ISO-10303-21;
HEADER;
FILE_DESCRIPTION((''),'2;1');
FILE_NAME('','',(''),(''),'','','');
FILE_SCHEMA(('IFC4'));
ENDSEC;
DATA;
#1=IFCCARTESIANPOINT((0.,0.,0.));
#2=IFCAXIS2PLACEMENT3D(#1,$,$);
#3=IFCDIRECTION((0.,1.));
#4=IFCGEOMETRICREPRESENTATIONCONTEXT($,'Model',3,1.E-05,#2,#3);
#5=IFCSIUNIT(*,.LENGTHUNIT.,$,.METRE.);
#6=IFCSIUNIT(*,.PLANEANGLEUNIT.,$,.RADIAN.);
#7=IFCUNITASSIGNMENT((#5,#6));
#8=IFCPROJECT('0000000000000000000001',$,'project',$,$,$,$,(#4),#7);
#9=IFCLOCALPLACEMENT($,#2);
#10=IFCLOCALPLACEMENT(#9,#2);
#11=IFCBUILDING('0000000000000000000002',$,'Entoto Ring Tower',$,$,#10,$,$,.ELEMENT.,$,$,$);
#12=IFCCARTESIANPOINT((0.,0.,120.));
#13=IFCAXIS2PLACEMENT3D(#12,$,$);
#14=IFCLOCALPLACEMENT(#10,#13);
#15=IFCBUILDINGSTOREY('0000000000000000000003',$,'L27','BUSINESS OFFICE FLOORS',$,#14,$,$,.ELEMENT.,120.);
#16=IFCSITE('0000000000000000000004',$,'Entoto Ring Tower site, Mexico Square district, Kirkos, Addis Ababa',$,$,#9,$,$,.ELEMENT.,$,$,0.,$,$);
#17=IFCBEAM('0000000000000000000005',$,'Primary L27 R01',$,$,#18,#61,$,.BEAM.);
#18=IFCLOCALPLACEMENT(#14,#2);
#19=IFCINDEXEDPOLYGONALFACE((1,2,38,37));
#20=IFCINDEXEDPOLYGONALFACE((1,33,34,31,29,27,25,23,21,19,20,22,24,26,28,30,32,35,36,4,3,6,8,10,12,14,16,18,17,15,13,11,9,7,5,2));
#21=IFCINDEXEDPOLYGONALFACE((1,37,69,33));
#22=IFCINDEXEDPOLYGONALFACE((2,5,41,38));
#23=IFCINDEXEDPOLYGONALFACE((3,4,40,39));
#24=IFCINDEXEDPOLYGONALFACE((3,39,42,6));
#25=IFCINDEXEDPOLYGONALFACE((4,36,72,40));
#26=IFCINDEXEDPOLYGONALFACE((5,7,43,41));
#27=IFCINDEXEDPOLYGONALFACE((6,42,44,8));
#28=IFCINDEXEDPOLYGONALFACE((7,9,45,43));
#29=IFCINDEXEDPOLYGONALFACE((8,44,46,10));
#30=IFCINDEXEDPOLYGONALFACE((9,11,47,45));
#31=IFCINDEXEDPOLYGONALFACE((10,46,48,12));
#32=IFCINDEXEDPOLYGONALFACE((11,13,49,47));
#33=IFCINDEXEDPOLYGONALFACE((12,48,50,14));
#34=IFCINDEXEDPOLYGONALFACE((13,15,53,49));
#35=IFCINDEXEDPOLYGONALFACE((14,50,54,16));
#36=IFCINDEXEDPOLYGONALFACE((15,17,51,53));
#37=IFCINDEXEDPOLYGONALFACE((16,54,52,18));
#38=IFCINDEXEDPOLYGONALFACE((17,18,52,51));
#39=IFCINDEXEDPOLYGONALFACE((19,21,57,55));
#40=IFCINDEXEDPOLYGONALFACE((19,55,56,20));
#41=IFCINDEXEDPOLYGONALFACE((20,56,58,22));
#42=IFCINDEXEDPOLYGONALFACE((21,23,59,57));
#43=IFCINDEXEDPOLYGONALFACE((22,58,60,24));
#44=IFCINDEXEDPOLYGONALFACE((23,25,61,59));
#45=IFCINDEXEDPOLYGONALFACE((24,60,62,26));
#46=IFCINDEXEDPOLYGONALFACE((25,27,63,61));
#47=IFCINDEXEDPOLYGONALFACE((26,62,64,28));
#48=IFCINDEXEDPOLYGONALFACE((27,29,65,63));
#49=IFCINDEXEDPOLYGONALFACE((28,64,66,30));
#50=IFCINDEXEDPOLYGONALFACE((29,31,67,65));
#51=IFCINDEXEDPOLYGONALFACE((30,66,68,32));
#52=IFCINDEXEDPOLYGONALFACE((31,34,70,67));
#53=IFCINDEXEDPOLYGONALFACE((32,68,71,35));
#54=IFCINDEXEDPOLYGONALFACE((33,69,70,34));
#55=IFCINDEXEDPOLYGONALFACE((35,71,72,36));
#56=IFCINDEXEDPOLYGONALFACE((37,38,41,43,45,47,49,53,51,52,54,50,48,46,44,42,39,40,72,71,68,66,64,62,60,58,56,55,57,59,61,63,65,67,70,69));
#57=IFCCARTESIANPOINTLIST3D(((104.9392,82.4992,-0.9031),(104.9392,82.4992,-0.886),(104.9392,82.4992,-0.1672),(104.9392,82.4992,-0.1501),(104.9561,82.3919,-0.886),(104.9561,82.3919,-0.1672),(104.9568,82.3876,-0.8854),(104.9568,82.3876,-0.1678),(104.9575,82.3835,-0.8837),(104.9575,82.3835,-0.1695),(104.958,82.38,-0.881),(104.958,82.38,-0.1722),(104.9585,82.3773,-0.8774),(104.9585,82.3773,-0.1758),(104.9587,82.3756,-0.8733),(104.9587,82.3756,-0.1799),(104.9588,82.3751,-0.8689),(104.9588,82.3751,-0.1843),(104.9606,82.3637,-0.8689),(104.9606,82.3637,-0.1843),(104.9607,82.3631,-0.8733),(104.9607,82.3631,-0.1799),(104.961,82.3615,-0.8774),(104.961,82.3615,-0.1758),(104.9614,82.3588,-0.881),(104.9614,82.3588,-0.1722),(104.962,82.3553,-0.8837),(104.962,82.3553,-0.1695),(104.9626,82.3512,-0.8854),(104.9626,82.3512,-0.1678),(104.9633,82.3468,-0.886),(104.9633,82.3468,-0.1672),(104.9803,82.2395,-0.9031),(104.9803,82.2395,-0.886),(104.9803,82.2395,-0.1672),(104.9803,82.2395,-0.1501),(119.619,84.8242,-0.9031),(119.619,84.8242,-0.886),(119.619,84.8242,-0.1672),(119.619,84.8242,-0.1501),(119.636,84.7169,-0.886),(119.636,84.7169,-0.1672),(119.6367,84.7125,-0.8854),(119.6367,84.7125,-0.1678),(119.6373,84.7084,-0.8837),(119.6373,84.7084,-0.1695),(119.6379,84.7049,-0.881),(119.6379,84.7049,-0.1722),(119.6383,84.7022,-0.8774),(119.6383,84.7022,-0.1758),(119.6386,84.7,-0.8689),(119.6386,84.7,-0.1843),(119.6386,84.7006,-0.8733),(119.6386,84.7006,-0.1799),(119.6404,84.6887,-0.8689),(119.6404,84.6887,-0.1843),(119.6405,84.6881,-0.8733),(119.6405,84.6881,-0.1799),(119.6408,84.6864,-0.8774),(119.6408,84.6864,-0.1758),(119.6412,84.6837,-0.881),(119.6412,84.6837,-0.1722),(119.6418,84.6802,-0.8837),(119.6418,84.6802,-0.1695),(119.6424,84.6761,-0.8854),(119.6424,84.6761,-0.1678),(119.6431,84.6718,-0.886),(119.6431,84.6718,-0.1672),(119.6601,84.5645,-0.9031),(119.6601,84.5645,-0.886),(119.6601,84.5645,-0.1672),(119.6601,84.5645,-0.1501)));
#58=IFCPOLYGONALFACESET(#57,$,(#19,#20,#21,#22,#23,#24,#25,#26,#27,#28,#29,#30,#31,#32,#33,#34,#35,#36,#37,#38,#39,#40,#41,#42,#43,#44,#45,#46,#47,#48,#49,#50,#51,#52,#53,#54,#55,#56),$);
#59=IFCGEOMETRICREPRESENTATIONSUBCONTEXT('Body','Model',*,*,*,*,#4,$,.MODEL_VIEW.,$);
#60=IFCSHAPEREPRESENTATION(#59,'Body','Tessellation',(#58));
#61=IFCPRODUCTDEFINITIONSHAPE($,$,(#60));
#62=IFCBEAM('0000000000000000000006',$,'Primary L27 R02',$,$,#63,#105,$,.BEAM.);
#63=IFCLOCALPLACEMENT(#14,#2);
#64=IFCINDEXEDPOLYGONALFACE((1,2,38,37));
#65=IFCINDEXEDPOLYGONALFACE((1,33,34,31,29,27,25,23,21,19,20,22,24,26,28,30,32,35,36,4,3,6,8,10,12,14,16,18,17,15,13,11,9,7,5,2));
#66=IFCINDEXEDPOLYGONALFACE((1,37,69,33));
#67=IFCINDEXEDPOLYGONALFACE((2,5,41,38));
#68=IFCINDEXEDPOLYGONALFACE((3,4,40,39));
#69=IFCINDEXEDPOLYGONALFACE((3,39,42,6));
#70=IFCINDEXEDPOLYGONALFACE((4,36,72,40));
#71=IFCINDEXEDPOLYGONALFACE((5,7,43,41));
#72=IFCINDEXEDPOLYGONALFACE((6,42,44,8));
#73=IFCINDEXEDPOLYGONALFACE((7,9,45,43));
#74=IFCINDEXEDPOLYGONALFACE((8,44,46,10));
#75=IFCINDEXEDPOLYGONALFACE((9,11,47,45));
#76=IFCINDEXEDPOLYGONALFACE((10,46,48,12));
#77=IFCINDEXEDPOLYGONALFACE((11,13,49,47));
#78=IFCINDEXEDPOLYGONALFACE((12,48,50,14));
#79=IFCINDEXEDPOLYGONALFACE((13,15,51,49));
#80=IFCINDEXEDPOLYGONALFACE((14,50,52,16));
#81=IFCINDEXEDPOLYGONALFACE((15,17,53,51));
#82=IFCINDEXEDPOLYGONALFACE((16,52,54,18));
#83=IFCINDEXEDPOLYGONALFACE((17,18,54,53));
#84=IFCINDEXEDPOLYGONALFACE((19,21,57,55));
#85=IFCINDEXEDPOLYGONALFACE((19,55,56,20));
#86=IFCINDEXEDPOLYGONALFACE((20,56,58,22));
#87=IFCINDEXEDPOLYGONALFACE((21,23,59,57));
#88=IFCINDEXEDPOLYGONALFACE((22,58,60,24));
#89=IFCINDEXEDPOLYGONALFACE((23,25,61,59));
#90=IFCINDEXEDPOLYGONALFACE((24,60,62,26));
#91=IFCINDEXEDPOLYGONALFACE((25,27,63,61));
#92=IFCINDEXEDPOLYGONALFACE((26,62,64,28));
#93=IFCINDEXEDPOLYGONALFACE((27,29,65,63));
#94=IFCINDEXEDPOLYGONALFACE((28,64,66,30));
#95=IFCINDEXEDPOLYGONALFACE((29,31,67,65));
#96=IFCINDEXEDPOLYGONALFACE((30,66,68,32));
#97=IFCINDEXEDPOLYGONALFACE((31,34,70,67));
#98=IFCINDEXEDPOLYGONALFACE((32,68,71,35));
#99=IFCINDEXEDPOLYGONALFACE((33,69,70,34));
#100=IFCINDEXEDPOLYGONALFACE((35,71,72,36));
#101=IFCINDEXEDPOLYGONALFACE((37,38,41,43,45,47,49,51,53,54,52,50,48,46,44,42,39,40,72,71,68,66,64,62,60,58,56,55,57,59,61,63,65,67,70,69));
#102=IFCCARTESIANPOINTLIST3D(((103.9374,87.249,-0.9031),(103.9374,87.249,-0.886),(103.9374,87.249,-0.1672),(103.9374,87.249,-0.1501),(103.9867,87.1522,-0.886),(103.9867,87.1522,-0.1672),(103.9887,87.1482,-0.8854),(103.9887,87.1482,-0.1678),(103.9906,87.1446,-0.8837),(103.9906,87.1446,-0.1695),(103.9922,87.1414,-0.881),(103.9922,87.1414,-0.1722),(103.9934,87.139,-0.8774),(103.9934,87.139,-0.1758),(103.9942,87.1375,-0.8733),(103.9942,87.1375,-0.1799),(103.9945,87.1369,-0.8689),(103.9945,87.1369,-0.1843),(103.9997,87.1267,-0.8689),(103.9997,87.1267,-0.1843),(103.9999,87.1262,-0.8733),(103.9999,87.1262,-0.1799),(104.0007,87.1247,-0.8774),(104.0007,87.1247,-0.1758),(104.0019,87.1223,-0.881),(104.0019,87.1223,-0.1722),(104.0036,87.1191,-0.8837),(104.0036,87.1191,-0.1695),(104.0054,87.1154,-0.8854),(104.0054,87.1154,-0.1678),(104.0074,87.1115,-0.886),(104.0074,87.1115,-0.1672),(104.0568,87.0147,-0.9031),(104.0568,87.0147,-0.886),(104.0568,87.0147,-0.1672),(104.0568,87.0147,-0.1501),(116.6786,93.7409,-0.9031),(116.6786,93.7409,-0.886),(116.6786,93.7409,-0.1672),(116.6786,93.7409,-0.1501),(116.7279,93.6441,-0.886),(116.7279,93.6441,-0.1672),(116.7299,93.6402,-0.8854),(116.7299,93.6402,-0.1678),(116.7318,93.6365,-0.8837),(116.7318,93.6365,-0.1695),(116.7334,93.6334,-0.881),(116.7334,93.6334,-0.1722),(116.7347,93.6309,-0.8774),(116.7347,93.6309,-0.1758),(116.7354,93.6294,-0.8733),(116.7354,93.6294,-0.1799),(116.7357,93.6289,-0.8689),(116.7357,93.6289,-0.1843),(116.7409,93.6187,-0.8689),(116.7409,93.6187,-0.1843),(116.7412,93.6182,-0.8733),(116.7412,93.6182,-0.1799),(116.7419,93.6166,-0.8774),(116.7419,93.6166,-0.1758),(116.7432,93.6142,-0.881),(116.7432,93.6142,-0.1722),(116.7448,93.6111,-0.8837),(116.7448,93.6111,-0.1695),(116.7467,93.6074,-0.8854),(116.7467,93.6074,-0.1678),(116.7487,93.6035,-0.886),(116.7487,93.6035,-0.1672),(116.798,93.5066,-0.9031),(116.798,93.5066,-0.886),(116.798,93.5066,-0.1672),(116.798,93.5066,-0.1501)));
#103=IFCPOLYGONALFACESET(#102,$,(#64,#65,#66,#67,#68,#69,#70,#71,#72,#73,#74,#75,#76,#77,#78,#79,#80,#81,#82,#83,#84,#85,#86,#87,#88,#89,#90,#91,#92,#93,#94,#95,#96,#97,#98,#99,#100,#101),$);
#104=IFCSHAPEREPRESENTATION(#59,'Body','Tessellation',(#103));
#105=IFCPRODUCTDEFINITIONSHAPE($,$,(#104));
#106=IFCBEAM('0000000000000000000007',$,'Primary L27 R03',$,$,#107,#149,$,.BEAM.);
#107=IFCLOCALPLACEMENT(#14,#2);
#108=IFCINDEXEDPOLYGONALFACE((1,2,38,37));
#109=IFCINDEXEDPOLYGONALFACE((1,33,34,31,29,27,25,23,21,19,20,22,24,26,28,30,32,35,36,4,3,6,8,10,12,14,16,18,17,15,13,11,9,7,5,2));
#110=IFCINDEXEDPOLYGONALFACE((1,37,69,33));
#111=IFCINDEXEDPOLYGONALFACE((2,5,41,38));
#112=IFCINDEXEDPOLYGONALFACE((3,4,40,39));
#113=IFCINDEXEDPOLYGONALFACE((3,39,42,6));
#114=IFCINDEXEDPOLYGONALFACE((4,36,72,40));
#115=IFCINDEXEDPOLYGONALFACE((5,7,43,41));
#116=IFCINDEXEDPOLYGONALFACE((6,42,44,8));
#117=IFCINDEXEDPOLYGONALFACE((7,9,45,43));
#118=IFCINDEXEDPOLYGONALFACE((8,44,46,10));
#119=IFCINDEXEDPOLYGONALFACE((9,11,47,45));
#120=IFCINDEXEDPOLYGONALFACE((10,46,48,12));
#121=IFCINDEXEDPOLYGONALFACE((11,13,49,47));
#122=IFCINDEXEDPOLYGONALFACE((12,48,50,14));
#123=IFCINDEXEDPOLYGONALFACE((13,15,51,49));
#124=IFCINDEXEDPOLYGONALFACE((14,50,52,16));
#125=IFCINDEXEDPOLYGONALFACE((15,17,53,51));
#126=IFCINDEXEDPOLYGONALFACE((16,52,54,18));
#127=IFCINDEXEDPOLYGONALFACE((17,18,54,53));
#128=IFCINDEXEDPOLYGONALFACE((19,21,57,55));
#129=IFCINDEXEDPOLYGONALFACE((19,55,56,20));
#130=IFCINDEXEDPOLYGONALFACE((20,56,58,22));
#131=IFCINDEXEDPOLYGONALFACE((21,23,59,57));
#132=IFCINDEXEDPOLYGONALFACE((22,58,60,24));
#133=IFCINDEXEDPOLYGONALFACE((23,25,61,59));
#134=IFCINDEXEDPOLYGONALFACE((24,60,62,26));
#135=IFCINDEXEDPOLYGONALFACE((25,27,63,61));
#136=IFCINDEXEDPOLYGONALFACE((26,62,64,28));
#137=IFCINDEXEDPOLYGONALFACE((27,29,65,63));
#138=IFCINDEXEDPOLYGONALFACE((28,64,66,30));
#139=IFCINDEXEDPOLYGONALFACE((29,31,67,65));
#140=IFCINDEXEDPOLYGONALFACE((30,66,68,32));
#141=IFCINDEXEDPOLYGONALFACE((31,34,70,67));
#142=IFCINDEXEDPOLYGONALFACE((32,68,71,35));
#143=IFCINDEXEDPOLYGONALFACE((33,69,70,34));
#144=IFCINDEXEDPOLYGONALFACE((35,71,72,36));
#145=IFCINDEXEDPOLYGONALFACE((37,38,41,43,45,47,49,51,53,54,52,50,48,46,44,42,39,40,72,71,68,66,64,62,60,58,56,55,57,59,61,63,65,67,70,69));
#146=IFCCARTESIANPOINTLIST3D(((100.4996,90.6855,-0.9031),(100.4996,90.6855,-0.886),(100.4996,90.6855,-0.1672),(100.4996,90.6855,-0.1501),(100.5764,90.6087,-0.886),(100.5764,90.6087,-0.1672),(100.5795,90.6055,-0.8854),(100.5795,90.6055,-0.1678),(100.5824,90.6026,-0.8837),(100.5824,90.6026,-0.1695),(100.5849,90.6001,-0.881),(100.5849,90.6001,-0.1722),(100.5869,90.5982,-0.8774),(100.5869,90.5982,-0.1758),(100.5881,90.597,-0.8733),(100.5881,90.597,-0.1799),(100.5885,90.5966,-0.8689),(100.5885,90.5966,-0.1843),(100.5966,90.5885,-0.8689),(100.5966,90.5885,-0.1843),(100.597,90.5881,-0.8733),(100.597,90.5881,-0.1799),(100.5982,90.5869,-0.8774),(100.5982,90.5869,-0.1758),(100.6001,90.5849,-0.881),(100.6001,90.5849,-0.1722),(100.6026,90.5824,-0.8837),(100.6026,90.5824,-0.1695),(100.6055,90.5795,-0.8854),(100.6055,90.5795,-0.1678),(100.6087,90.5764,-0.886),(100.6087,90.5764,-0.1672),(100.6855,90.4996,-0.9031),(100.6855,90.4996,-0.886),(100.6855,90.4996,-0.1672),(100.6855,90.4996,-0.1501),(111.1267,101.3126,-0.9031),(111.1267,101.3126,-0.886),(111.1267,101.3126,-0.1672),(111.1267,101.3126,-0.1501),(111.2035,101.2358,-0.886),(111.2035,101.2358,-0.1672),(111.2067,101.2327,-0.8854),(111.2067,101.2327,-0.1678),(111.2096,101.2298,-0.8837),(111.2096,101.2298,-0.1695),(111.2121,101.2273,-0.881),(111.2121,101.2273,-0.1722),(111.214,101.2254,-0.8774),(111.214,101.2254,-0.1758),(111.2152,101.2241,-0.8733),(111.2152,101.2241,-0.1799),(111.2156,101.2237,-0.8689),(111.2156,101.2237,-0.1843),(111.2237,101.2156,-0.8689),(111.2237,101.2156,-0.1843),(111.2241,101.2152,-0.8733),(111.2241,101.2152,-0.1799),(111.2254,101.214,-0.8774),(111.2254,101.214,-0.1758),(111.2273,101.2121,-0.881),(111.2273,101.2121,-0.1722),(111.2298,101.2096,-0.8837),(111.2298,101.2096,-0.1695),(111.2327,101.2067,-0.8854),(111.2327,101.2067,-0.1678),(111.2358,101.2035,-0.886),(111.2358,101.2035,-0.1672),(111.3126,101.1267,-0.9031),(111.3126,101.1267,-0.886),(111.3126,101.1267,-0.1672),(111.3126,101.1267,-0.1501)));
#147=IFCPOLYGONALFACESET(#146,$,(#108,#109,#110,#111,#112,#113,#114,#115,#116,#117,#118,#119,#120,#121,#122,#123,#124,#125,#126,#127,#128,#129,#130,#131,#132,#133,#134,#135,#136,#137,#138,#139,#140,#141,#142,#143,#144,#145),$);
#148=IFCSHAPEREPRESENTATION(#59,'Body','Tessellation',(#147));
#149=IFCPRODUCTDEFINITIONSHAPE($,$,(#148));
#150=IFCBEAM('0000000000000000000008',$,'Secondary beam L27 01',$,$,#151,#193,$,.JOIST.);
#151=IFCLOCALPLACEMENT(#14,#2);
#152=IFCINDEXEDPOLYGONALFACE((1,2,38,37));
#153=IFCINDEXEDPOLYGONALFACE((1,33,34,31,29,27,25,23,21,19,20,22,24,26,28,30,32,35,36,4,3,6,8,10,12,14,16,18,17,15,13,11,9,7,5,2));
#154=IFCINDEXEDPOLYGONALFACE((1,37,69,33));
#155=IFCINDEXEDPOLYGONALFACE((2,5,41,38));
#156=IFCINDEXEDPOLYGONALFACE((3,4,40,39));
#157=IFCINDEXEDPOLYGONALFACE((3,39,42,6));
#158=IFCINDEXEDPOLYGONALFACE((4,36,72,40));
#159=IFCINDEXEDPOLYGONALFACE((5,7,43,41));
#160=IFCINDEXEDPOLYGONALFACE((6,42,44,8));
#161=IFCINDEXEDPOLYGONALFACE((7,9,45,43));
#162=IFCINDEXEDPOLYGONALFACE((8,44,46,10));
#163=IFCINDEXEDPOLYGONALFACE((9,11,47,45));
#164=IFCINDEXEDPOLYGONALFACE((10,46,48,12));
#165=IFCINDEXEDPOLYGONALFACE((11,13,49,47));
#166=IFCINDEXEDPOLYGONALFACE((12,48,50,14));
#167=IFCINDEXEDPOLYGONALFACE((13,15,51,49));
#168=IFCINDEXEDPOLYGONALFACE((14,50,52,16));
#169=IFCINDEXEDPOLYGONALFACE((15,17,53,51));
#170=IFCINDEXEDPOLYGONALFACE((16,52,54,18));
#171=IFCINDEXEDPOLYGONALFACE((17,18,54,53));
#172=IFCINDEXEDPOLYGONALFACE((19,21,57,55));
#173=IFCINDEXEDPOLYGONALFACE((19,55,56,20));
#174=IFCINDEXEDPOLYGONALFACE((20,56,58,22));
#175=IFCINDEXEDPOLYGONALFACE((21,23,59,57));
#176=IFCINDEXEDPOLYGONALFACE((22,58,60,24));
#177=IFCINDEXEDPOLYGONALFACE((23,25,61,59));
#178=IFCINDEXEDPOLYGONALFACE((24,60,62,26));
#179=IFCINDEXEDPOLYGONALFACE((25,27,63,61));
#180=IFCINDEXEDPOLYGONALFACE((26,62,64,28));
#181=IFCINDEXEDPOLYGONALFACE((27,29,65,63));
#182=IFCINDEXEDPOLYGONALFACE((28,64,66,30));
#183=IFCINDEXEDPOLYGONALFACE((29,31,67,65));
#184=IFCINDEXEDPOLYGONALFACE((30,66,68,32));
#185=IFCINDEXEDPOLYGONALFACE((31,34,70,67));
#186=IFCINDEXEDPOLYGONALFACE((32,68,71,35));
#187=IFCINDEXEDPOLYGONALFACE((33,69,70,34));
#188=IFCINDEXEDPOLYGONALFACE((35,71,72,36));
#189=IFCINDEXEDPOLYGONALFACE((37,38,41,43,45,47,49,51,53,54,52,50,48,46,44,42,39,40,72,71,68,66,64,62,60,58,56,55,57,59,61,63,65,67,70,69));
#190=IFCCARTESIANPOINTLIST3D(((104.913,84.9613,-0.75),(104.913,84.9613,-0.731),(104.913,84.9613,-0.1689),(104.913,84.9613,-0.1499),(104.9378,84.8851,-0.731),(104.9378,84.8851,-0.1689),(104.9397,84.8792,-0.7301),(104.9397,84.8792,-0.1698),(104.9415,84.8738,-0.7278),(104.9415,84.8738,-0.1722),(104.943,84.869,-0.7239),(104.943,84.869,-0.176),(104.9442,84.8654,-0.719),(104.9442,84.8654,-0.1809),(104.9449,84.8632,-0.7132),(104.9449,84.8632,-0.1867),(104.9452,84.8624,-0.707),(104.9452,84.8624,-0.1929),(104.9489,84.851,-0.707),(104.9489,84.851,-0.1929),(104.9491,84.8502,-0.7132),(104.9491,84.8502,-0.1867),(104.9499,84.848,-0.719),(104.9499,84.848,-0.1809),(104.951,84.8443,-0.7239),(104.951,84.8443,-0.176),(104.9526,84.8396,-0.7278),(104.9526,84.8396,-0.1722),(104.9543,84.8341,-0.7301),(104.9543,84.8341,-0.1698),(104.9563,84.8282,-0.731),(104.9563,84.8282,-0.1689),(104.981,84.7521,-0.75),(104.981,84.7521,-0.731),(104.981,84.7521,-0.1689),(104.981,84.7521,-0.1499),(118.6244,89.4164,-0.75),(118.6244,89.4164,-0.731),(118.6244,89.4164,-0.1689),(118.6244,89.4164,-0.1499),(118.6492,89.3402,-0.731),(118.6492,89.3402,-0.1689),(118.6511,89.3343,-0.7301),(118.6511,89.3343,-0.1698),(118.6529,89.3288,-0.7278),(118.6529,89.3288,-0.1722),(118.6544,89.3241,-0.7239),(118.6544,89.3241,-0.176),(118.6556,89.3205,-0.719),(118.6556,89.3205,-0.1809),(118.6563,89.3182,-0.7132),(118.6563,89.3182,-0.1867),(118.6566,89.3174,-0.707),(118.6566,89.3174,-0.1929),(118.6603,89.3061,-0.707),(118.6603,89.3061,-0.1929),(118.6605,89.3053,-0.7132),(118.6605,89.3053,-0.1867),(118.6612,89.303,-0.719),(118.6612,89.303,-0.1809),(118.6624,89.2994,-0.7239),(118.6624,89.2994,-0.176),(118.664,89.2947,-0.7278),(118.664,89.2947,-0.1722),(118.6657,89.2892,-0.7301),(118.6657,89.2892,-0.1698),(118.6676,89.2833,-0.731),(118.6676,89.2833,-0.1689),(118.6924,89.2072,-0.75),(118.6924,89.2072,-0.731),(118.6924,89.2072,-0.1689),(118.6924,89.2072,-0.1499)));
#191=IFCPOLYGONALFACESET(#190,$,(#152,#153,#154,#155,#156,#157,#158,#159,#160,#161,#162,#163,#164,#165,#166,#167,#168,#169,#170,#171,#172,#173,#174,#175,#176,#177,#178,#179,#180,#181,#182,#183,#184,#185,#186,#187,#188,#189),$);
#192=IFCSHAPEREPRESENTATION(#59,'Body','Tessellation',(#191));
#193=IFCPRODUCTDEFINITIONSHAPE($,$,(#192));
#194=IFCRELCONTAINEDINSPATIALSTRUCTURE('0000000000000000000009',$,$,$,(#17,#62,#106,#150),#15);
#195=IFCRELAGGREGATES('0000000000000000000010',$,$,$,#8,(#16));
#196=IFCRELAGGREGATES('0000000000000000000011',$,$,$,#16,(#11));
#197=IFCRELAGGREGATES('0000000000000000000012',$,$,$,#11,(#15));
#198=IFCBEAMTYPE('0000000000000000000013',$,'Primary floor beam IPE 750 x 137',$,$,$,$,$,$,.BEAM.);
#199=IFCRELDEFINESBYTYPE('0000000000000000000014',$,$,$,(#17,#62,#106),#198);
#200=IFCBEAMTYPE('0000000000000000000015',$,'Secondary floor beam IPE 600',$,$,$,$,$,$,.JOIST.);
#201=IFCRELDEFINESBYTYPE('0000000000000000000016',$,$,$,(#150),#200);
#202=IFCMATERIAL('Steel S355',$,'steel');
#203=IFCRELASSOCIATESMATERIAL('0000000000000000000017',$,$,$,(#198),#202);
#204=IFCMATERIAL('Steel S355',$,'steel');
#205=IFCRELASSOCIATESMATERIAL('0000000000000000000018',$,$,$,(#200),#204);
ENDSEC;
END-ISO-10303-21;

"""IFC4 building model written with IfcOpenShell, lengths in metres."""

from ifc_helpers import new_model, si_unit, direction, frame, origin, origin_2d, place, context, subcontext, project, spatial, i_section, extrude, material, material_profile, profile_set, type_object, element, save


model = new_model("IFC4")

# Units and contexts
model_context = context("Model", 3, precision=1e-05, world=origin(), true_north=direction((0.0, 1.0)))
body_context = subcontext(model_context, "Body", "Model", "MODEL_VIEW")
ifc_project = project(units=[si_unit("LENGTHUNIT", "METRE"), si_unit("PLANEANGLEUNIT", "RADIAN")], contexts=[model_context])

# Site, building, storey
site_placement = place(None, origin())
site = spatial("IfcSite", under=ifc_project, at=site_placement, Name="Entoto Ring Tower site, Mexico Square district, Kirkos, Addis Ababa", CompositionType="ELEMENT", RefElevation=0.0)
building_placement = place(site_placement, origin())
building = spatial("IfcBuilding", under=site, at=building_placement, Name="Entoto Ring Tower", CompositionType="ELEMENT")
storey_placement = place(building_placement, frame((0.0, 0.0, 120.0)))
storey = spatial("IfcBuildingStorey", under=building, at=storey_placement, Name="L27", Description="BUSINESS OFFICE FLOORS", CompositionType="ELEMENT", Elevation=120.0)

# Beams
ifc_material_1 = material(Name="Steel S355", Category="steel")
ifc_material_profile_1 = material_profile(ifc_material_1, i_section(OverallWidth=0.2629, OverallDepth=0.7529, WebThickness=0.0115, FlangeThickness=0.0171, FilletRadius=0.0171, at=origin_2d()), Name="IPE 750 x 137")
ifc_profile_set_1 = profile_set([ifc_material_profile_1], Name="Steel S355")
beam_type_1 = type_object("IfcBeamType", Name="Primary floor beam IPE 750 x 137", PredefinedType="BEAM", material=ifc_profile_set_1)
beam_1_placement = place(storey_placement, frame((104.9597, 82.3694, -0.5266), z_axis=(0.98769, 0.156426, 0.0), x_axis=(-0.156426, 0.98769, 0.0)))
element("IfcBeam", 1, at=beam_1_placement, inside=storey, type_object=beam_type_1, Name="Primary L27 R01", PredefinedType="BEAM", context=body_context, shape_type="SweptSolid", body=[
    extrude(i_section(OverallWidth=0.2629, OverallDepth=0.7529, WebThickness=0.0115, FlangeThickness=0.0171, FilletRadius=0.0171, at=origin_2d()), origin(), (0.0, 0.0, 1.0), 14.8628),
])
beam_2_placement = place(storey_placement, frame((103.9971, 87.1318, -0.5266), z_axis=(0.891007, 0.453989, 0.0), x_axis=(-0.453989, 0.891007, 0.0)))
element("IfcBeam", 2, at=beam_2_placement, inside=storey, type_object=beam_type_1, Name="Primary L27 R02", PredefinedType="BEAM", context=body_context, shape_type="SweptSolid", body=[
    extrude(i_section(OverallWidth=0.2629, OverallDepth=0.7529, WebThickness=0.0115, FlangeThickness=0.0171, FilletRadius=0.0171, at=origin_2d()), origin(), (0.0, 0.0, 1.0), 14.2998),
])
beam_3_placement = place(storey_placement, frame((100.5925, 90.5925, -0.5266), z_axis=(0.707107, 0.707107, 0.0), x_axis=(-0.707107, 0.707107, 0.0)))
element("IfcBeam", 3, at=beam_3_placement, inside=storey, type_object=beam_type_1, Name="Primary L27 R03", PredefinedType="BEAM", context=body_context, shape_type="SweptSolid", body=[
    extrude(i_section(OverallWidth=0.2629, OverallDepth=0.7529, WebThickness=0.0115, FlangeThickness=0.0171, FilletRadius=0.0171, at=origin_2d()), origin(), (0.0, 0.0, 1.0), 15.0291),
])
ifc_material_2 = material(Name="Steel S355", Category="steel")
ifc_material_profile_2 = material_profile(ifc_material_2, i_section(OverallWidth=0.22, OverallDepth=0.6001, WebThickness=0.012, FlangeThickness=0.019, FilletRadius=0.0239, at=origin_2d()), Name="IPE 600")
ifc_profile_set_2 = profile_set([ifc_material_profile_2], Name="Steel S355")
beam_type_2 = type_object("IfcBeamType", Name="Secondary floor beam IPE 600", PredefinedType="JOIST", material=ifc_profile_set_2)
beam_4_placement = place(storey_placement, frame((104.947, 84.8567, -0.45), z_axis=(0.951057, 0.309015, 0.0), x_axis=(-0.309015, 0.951057, 0.0)))
element("IfcBeam", 4, at=beam_4_placement, inside=storey, type_object=beam_type_2, Name="Secondary beam L27 01", PredefinedType="JOIST", context=body_context, shape_type="SweptSolid", body=[
    extrude(i_section(OverallWidth=0.22, OverallDepth=0.6001, WebThickness=0.012, FlangeThickness=0.019, FilletRadius=0.0239, at=origin_2d()), origin(), (0.0, 0.0, 1.0), 14.417),
])

save(model, "model.ifc")
